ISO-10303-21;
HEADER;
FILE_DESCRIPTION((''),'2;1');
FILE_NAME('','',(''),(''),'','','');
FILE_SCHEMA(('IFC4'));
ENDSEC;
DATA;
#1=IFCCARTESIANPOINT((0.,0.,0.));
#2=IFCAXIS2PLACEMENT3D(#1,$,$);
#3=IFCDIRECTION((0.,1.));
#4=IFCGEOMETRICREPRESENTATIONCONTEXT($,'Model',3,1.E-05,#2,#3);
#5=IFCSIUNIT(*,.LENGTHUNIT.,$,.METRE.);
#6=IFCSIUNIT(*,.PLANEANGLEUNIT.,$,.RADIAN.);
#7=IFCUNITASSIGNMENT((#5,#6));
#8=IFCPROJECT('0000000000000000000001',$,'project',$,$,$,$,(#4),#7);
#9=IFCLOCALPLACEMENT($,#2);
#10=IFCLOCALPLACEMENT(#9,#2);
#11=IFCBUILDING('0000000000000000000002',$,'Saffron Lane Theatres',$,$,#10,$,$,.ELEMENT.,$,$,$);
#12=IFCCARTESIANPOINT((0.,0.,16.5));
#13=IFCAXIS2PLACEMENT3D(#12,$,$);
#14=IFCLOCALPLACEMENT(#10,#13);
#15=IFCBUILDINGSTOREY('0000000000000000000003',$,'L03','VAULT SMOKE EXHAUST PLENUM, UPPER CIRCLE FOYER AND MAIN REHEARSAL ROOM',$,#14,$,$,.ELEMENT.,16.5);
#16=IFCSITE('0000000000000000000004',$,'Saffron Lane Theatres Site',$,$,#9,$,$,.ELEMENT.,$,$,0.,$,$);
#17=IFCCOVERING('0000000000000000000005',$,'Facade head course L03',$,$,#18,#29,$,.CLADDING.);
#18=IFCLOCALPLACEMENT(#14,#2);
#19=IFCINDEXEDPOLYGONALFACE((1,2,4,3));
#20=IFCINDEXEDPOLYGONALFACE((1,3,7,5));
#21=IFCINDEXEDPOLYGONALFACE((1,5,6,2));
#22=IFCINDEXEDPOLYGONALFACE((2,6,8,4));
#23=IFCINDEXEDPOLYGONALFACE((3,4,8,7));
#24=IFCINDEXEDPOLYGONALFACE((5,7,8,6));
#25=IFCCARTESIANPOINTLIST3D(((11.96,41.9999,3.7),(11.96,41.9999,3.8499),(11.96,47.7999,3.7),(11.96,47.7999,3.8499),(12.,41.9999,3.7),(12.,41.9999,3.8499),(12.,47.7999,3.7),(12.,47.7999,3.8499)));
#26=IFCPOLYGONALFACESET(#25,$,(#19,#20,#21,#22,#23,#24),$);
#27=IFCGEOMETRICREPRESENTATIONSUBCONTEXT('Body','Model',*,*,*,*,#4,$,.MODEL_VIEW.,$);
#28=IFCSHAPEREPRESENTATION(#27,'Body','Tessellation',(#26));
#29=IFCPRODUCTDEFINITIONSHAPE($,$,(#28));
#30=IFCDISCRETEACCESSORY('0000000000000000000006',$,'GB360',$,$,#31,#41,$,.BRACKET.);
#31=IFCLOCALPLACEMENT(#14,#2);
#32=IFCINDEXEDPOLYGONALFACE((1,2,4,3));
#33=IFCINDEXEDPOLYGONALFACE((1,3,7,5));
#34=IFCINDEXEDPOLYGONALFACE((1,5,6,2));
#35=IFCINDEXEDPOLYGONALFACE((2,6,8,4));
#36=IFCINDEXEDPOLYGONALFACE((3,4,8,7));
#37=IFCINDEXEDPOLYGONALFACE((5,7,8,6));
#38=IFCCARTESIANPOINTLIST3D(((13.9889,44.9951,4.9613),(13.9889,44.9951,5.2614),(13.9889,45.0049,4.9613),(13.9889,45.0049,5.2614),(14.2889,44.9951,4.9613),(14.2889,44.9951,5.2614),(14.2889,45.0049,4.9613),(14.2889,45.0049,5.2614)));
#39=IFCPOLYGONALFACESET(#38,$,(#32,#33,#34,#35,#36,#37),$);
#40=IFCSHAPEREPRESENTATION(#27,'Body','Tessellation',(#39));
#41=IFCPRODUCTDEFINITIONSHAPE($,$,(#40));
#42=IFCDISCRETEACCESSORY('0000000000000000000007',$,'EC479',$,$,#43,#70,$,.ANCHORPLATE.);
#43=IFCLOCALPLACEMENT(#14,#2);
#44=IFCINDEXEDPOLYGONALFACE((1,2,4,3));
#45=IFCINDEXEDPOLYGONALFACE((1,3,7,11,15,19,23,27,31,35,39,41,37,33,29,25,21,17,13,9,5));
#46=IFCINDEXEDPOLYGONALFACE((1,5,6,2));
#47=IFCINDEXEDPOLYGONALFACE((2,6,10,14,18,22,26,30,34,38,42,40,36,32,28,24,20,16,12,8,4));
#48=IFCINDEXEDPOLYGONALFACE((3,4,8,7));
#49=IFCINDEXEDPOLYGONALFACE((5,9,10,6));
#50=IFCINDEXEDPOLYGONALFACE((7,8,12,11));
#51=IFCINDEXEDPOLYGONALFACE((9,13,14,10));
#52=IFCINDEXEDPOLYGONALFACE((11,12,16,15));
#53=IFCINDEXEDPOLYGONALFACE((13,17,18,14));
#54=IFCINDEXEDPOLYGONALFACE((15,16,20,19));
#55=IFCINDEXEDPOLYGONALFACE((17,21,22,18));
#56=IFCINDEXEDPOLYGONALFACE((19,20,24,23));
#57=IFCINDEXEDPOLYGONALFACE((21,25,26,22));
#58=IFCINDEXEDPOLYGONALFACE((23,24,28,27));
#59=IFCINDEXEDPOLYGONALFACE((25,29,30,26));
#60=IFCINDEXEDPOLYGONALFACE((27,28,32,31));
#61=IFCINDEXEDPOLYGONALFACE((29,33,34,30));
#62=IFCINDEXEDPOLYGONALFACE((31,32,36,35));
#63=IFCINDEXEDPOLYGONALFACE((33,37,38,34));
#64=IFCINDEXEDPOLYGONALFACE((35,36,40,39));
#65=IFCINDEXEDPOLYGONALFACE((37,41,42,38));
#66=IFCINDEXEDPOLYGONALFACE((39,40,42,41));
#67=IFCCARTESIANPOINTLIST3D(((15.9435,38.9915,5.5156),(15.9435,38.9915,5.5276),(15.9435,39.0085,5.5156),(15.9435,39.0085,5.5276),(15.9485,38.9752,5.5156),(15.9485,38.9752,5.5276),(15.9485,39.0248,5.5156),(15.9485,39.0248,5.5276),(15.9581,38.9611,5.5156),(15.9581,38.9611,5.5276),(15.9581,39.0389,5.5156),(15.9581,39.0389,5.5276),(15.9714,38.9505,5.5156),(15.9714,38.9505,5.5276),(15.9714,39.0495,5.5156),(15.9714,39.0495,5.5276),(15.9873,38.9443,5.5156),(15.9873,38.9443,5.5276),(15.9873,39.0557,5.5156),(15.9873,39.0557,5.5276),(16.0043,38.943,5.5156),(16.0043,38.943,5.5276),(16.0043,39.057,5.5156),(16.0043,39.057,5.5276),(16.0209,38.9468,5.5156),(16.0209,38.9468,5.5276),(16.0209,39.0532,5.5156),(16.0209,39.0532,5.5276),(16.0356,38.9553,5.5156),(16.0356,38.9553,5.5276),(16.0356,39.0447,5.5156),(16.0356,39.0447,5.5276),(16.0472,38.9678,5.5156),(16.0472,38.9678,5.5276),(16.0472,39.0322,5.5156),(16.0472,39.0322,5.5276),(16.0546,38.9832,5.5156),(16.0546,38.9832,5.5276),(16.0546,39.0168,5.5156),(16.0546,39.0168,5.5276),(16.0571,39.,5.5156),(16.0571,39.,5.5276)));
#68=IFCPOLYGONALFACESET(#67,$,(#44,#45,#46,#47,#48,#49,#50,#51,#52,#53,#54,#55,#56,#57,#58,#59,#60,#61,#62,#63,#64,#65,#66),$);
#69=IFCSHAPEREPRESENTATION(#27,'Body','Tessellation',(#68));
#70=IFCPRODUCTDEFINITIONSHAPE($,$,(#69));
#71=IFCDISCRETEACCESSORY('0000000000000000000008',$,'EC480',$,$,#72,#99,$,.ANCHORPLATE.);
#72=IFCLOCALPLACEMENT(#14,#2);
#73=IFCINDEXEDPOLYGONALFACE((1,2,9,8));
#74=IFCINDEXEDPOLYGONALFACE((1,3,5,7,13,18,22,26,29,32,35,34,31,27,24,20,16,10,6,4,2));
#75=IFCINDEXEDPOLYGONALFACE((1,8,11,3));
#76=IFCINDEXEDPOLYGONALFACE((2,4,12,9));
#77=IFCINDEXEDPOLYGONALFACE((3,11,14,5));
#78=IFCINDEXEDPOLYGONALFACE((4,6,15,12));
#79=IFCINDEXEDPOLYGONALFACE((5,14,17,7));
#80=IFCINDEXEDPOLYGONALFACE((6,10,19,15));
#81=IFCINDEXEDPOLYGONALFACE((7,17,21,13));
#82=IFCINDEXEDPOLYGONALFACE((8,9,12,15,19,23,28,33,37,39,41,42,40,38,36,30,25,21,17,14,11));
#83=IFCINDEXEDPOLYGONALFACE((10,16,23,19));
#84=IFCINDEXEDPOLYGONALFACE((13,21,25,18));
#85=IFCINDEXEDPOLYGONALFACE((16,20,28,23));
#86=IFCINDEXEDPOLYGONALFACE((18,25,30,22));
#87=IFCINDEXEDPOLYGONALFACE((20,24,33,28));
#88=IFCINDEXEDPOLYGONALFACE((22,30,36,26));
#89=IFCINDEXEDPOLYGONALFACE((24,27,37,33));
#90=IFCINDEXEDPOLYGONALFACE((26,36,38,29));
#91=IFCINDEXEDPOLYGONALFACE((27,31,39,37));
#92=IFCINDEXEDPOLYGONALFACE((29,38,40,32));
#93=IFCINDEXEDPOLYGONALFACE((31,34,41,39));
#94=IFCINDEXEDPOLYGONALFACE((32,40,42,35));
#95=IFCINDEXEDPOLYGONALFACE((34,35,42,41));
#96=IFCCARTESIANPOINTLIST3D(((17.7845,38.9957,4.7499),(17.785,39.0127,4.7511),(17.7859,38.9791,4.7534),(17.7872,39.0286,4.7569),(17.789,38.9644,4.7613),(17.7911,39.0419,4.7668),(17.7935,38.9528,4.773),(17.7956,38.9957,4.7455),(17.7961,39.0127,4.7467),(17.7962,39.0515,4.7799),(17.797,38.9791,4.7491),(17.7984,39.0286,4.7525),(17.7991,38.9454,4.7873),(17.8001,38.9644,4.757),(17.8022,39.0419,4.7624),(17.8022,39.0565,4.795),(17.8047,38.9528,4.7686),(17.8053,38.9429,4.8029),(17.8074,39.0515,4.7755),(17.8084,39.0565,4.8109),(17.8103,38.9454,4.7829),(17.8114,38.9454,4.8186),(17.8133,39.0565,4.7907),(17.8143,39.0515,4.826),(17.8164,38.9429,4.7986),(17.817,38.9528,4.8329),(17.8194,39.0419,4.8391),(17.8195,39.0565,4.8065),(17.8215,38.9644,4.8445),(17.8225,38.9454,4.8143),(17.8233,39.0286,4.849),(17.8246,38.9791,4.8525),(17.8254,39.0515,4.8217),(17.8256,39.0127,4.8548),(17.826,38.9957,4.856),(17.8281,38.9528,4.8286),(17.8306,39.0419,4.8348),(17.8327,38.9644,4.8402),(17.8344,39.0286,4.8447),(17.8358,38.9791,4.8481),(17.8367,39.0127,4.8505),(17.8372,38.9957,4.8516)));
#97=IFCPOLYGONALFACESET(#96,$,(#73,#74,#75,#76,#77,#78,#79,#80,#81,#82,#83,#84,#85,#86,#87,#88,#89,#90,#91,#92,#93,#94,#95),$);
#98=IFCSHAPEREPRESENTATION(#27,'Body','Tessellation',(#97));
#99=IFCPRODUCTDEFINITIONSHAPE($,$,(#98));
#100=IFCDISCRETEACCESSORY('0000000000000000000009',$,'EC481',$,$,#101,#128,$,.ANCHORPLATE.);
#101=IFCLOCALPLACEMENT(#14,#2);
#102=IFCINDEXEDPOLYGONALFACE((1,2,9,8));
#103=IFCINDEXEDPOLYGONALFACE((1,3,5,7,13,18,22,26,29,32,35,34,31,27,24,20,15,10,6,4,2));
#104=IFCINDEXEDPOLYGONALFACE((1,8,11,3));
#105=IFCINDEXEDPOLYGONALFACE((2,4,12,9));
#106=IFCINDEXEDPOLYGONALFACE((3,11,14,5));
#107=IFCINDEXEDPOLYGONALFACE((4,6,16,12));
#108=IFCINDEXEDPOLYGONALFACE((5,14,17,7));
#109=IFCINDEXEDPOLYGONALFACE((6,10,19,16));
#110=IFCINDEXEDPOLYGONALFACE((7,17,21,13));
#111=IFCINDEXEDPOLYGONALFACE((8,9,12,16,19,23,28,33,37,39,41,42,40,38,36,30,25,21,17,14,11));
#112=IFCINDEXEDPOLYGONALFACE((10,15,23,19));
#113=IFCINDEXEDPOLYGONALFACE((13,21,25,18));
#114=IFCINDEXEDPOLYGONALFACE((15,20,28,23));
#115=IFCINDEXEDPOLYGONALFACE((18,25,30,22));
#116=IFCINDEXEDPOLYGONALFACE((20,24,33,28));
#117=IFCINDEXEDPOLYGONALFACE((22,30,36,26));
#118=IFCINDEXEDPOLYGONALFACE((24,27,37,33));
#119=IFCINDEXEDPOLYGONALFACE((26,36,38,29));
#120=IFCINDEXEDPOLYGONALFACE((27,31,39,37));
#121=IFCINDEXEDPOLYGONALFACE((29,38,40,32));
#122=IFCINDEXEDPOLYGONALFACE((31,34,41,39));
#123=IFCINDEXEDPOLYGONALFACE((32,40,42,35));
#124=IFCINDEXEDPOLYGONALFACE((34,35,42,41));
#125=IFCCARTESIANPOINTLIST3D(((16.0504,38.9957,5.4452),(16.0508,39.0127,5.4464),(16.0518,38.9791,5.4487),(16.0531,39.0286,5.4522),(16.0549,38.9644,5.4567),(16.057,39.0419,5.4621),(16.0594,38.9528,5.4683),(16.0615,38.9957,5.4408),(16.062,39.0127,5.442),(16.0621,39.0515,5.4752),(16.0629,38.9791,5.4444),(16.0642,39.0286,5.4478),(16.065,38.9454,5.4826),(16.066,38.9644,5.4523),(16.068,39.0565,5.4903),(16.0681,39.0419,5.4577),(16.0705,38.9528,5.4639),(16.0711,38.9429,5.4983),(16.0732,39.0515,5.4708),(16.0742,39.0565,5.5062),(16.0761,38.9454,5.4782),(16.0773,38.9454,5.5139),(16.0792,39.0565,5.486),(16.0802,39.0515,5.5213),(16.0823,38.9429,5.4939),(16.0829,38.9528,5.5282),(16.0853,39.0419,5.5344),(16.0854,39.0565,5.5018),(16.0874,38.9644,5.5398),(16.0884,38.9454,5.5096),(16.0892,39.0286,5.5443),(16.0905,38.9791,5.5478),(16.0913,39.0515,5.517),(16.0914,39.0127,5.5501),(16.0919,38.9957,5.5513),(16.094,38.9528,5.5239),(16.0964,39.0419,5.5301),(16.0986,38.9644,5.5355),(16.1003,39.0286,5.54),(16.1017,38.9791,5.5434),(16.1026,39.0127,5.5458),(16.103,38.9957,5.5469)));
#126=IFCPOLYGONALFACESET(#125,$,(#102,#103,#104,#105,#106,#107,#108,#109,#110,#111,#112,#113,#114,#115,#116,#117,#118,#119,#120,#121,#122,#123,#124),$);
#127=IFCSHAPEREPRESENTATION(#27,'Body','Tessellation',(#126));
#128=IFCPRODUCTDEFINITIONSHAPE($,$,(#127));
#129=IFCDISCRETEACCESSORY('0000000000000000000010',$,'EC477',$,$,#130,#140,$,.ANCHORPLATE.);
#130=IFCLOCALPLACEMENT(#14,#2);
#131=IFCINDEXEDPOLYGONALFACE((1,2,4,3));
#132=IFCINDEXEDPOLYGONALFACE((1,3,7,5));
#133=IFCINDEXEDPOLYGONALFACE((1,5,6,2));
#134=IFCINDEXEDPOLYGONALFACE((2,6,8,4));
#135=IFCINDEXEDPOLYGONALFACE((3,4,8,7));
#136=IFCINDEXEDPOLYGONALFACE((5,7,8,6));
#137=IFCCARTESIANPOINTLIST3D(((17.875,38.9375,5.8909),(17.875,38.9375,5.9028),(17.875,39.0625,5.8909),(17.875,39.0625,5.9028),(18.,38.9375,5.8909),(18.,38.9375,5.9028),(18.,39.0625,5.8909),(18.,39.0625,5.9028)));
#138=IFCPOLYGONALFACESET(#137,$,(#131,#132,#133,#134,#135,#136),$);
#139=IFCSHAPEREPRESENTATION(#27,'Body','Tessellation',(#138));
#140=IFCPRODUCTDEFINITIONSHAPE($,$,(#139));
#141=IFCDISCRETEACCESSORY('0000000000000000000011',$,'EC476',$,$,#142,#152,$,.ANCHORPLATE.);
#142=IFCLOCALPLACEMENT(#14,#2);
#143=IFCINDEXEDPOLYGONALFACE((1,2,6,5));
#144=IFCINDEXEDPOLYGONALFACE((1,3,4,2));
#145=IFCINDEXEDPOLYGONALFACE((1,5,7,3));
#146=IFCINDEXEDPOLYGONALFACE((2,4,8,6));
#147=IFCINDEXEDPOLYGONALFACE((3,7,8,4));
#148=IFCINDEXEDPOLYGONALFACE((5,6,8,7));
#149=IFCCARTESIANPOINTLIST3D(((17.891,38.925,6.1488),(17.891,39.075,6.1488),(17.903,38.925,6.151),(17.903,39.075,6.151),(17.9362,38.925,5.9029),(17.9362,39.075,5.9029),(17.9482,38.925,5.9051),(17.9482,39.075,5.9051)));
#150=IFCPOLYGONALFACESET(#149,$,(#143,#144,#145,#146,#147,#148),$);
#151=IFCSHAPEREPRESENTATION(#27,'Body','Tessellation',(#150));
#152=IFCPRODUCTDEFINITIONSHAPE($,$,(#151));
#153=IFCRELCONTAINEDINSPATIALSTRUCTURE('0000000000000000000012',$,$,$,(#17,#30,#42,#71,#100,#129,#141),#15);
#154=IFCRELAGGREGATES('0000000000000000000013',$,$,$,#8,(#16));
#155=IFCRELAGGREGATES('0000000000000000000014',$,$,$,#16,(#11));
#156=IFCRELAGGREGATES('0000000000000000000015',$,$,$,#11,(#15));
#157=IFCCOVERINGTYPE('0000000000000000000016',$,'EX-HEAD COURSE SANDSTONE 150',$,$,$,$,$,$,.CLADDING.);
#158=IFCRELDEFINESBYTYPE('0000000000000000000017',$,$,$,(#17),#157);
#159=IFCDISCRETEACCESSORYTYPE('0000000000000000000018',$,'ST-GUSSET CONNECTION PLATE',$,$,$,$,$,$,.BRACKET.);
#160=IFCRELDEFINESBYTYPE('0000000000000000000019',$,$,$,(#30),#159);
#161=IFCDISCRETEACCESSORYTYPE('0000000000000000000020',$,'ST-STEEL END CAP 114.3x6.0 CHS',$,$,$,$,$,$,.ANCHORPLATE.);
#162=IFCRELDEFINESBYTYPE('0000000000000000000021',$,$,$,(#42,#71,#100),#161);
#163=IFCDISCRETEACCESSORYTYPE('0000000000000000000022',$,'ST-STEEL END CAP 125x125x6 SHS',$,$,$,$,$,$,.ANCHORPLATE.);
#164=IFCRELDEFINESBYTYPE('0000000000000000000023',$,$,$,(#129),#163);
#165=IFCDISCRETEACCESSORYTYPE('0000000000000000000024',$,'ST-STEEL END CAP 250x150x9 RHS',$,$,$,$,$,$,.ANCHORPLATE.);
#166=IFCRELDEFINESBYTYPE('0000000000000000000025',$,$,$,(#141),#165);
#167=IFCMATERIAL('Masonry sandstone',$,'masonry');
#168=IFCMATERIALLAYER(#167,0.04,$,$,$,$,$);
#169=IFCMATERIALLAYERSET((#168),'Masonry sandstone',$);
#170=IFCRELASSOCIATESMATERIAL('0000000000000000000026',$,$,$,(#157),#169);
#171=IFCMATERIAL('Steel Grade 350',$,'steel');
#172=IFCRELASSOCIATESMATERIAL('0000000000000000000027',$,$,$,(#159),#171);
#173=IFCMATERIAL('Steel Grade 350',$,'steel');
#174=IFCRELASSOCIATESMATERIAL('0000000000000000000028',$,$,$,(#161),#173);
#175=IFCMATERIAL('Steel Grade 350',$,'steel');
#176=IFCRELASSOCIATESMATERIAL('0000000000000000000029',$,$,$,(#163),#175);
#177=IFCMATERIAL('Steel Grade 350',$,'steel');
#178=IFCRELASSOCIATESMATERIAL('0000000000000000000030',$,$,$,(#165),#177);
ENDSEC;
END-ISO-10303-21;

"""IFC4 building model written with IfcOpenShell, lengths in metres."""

from ifc_helpers import new_model, si_unit, direction, frame, origin, origin_2d, place, context, subcontext, project, spatial, rectangle, circle, extrude, material, layer, layer_set, material_profile, profile_set, type_object, element, save


model = new_model("IFC4")

# Units and contexts
model_context = context("Model", 3, precision=1e-05, world=origin(), true_north=direction((0.0, 1.0)))
body_context = subcontext(model_context, "Body", "Model", "MODEL_VIEW")
ifc_project = project(units=[si_unit("LENGTHUNIT", "METRE"), si_unit("PLANEANGLEUNIT", "RADIAN")], contexts=[model_context])

# Site, building, storey
site_placement = place(None, origin())
site = spatial("IfcSite", under=ifc_project, at=site_placement, Name="Saffron Lane Theatres Site", CompositionType="ELEMENT", RefElevation=0.0)
building_placement = place(site_placement, origin())
building = spatial("IfcBuilding", under=site, at=building_placement, Name="Saffron Lane Theatres", CompositionType="ELEMENT")
storey_placement = place(building_placement, frame((0.0, 0.0, 16.5)))
storey = spatial("IfcBuildingStorey", under=building, at=storey_placement, Name="L03", Description="VAULT SMOKE EXHAUST PLENUM, UPPER CIRCLE FOYER AND MAIN REHEARSAL ROOM", CompositionType="ELEMENT", Elevation=16.5)

# Covering
ifc_material_1 = material(Name="Masonry sandstone", Category="masonry")
ifc_layer_1 = layer(ifc_material_1, 0.04)
ifc_layer_set_1 = layer_set([ifc_layer_1], Name="Masonry sandstone")
covering_type_1 = type_object("IfcCoveringType", Name="EX-HEAD COURSE SANDSTONE 150", PredefinedType="CLADDING", material=ifc_layer_set_1)
covering_1_placement = place(storey_placement, frame((11.98, 44.8999, 3.7), z_axis=(0.0, 0.0, 1.0), x_axis=(0.0, 1.0, 0.0)))
element("IfcCovering", 1, at=covering_1_placement, inside=storey, type_object=covering_type_1, Name="Facade head course L03", PredefinedType="CLADDING", context=body_context, shape_type="SweptSolid", body=[
    extrude(rectangle(XDim=5.8, YDim=0.04, at=origin_2d()), origin(), (0.0, 0.0, 1.0), 0.1499),
])

# Discrete accessories
ifc_material_2 = material(Name="Steel Grade 350", Category="steel")
ifc_material_profile_1 = material_profile(ifc_material_2, rectangle(XDim=0.3, YDim=0.3, at=origin_2d()))
ifc_profile_set_1 = profile_set([ifc_material_profile_1], Name="Steel Grade 350")
discrete_accessory_type_1 = type_object("IfcDiscreteAccessoryType", Name="ST-GUSSET CONNECTION PLATE", PredefinedType="BRACKET", material=ifc_profile_set_1)
discrete_accessory_1_placement = place(storey_placement, frame((14.1389, 44.9951, 5.1113), z_axis=(0.0, 1.0, 0.0), x_axis=(-1.0, 0.0, 0.0)))
element("IfcDiscreteAccessory", 2, at=discrete_accessory_1_placement, inside=storey, type_object=discrete_accessory_type_1, Name="GB360", PredefinedType="BRACKET", context=body_context, shape_type="SweptSolid", body=[
    extrude(rectangle(XDim=0.3, YDim=0.3, at=origin_2d()), origin(), (0.0, 0.0, 1.0), 0.0098),
])
ifc_material_3 = material(Name="Steel Grade 350", Category="steel")
ifc_material_profile_2 = material_profile(ifc_material_3, circle(Radius=0.0571, at=origin_2d()))
ifc_profile_set_2 = profile_set([ifc_material_profile_2], Name="Steel Grade 350")
discrete_accessory_type_2 = type_object("IfcDiscreteAccessoryType", Name="ST-STEEL END CAP 114.3x6.0 CHS", PredefinedType="ANCHORPLATE", material=ifc_profile_set_2)
for number, where, z_axis, x_axis, name in (
    (3, (16.0, 39.0, 5.5156), (0.0, 0.0, 1.0), (1.0, 0.0, 0.0), "EC479"),
    (4, (17.8164, 39.0, 4.7986), (-0.931243, 0.0, 0.364399), (0.0, -1.0, 0.0), "EC480"),
    (5, (16.0823, 39.0, 5.4939), (-0.931243, 0.0, 0.364399), (0.0, -1.0, 0.0), "EC481"),
):
    element("IfcDiscreteAccessory", number, at=place(storey_placement, frame(where, z_axis=z_axis, x_axis=x_axis)), inside=storey, type_object=discrete_accessory_type_2, Name=name, PredefinedType="ANCHORPLATE", context=body_context, shape_type="SweptSolid", body=[
        extrude(circle(Radius=0.0571, at=origin_2d()), origin(), (0.0, 0.0, 1.0), 0.012),
    ])
ifc_material_4 = material(Name="Steel Grade 350", Category="steel")
ifc_material_profile_3 = material_profile(ifc_material_4, rectangle(XDim=0.125, YDim=0.125, at=origin_2d()))
ifc_profile_set_3 = profile_set([ifc_material_profile_3], Name="Steel Grade 350")
discrete_accessory_type_3 = type_object("IfcDiscreteAccessoryType", Name="ST-STEEL END CAP 125x125x6 SHS", PredefinedType="ANCHORPLATE", material=ifc_profile_set_3)
discrete_accessory_2_placement = place(storey_placement, frame((17.9375, 39.0, 5.8909), z_axis=(0.0, 0.0, 1.0), x_axis=(1.0, 0.0, 0.0)))
element("IfcDiscreteAccessory", 6, at=discrete_accessory_2_placement, inside=storey, type_object=discrete_accessory_type_3, Name="EC477", PredefinedType="ANCHORPLATE", context=body_context, shape_type="SweptSolid", body=[
    extrude(rectangle(XDim=0.125, YDim=0.125, at=origin_2d()), origin(), (0.0, 0.0, 1.0), 0.012),
])
ifc_material_5 = material(Name="Steel Grade 350", Category="steel")
ifc_material_profile_4 = material_profile(ifc_material_5, rectangle(XDim=0.1499, YDim=0.25, at=origin_2d()))
ifc_profile_set_4 = profile_set([ifc_material_profile_4], Name="Steel Grade 350")
discrete_accessory_type_4 = type_object("IfcDiscreteAccessoryType", Name="ST-STEEL END CAP 250x150x9 RHS", PredefinedType="ANCHORPLATE", material=ifc_profile_set_4)
discrete_accessory_3_placement = place(storey_placement, frame((17.9136, 39.0, 6.0259), z_axis=(0.983547, 0.0, 0.180652), x_axis=(0.0, 1.0, 0.0)))
element("IfcDiscreteAccessory", 7, at=discrete_accessory_3_placement, inside=storey, type_object=discrete_accessory_type_4, Name="EC476", PredefinedType="ANCHORPLATE", context=body_context, shape_type="SweptSolid", body=[
    extrude(rectangle(XDim=0.1499, YDim=0.25, at=origin_2d()), origin(), (0.0, 0.0, 1.0), 0.0122),
])

save(model, "model.ifc")
